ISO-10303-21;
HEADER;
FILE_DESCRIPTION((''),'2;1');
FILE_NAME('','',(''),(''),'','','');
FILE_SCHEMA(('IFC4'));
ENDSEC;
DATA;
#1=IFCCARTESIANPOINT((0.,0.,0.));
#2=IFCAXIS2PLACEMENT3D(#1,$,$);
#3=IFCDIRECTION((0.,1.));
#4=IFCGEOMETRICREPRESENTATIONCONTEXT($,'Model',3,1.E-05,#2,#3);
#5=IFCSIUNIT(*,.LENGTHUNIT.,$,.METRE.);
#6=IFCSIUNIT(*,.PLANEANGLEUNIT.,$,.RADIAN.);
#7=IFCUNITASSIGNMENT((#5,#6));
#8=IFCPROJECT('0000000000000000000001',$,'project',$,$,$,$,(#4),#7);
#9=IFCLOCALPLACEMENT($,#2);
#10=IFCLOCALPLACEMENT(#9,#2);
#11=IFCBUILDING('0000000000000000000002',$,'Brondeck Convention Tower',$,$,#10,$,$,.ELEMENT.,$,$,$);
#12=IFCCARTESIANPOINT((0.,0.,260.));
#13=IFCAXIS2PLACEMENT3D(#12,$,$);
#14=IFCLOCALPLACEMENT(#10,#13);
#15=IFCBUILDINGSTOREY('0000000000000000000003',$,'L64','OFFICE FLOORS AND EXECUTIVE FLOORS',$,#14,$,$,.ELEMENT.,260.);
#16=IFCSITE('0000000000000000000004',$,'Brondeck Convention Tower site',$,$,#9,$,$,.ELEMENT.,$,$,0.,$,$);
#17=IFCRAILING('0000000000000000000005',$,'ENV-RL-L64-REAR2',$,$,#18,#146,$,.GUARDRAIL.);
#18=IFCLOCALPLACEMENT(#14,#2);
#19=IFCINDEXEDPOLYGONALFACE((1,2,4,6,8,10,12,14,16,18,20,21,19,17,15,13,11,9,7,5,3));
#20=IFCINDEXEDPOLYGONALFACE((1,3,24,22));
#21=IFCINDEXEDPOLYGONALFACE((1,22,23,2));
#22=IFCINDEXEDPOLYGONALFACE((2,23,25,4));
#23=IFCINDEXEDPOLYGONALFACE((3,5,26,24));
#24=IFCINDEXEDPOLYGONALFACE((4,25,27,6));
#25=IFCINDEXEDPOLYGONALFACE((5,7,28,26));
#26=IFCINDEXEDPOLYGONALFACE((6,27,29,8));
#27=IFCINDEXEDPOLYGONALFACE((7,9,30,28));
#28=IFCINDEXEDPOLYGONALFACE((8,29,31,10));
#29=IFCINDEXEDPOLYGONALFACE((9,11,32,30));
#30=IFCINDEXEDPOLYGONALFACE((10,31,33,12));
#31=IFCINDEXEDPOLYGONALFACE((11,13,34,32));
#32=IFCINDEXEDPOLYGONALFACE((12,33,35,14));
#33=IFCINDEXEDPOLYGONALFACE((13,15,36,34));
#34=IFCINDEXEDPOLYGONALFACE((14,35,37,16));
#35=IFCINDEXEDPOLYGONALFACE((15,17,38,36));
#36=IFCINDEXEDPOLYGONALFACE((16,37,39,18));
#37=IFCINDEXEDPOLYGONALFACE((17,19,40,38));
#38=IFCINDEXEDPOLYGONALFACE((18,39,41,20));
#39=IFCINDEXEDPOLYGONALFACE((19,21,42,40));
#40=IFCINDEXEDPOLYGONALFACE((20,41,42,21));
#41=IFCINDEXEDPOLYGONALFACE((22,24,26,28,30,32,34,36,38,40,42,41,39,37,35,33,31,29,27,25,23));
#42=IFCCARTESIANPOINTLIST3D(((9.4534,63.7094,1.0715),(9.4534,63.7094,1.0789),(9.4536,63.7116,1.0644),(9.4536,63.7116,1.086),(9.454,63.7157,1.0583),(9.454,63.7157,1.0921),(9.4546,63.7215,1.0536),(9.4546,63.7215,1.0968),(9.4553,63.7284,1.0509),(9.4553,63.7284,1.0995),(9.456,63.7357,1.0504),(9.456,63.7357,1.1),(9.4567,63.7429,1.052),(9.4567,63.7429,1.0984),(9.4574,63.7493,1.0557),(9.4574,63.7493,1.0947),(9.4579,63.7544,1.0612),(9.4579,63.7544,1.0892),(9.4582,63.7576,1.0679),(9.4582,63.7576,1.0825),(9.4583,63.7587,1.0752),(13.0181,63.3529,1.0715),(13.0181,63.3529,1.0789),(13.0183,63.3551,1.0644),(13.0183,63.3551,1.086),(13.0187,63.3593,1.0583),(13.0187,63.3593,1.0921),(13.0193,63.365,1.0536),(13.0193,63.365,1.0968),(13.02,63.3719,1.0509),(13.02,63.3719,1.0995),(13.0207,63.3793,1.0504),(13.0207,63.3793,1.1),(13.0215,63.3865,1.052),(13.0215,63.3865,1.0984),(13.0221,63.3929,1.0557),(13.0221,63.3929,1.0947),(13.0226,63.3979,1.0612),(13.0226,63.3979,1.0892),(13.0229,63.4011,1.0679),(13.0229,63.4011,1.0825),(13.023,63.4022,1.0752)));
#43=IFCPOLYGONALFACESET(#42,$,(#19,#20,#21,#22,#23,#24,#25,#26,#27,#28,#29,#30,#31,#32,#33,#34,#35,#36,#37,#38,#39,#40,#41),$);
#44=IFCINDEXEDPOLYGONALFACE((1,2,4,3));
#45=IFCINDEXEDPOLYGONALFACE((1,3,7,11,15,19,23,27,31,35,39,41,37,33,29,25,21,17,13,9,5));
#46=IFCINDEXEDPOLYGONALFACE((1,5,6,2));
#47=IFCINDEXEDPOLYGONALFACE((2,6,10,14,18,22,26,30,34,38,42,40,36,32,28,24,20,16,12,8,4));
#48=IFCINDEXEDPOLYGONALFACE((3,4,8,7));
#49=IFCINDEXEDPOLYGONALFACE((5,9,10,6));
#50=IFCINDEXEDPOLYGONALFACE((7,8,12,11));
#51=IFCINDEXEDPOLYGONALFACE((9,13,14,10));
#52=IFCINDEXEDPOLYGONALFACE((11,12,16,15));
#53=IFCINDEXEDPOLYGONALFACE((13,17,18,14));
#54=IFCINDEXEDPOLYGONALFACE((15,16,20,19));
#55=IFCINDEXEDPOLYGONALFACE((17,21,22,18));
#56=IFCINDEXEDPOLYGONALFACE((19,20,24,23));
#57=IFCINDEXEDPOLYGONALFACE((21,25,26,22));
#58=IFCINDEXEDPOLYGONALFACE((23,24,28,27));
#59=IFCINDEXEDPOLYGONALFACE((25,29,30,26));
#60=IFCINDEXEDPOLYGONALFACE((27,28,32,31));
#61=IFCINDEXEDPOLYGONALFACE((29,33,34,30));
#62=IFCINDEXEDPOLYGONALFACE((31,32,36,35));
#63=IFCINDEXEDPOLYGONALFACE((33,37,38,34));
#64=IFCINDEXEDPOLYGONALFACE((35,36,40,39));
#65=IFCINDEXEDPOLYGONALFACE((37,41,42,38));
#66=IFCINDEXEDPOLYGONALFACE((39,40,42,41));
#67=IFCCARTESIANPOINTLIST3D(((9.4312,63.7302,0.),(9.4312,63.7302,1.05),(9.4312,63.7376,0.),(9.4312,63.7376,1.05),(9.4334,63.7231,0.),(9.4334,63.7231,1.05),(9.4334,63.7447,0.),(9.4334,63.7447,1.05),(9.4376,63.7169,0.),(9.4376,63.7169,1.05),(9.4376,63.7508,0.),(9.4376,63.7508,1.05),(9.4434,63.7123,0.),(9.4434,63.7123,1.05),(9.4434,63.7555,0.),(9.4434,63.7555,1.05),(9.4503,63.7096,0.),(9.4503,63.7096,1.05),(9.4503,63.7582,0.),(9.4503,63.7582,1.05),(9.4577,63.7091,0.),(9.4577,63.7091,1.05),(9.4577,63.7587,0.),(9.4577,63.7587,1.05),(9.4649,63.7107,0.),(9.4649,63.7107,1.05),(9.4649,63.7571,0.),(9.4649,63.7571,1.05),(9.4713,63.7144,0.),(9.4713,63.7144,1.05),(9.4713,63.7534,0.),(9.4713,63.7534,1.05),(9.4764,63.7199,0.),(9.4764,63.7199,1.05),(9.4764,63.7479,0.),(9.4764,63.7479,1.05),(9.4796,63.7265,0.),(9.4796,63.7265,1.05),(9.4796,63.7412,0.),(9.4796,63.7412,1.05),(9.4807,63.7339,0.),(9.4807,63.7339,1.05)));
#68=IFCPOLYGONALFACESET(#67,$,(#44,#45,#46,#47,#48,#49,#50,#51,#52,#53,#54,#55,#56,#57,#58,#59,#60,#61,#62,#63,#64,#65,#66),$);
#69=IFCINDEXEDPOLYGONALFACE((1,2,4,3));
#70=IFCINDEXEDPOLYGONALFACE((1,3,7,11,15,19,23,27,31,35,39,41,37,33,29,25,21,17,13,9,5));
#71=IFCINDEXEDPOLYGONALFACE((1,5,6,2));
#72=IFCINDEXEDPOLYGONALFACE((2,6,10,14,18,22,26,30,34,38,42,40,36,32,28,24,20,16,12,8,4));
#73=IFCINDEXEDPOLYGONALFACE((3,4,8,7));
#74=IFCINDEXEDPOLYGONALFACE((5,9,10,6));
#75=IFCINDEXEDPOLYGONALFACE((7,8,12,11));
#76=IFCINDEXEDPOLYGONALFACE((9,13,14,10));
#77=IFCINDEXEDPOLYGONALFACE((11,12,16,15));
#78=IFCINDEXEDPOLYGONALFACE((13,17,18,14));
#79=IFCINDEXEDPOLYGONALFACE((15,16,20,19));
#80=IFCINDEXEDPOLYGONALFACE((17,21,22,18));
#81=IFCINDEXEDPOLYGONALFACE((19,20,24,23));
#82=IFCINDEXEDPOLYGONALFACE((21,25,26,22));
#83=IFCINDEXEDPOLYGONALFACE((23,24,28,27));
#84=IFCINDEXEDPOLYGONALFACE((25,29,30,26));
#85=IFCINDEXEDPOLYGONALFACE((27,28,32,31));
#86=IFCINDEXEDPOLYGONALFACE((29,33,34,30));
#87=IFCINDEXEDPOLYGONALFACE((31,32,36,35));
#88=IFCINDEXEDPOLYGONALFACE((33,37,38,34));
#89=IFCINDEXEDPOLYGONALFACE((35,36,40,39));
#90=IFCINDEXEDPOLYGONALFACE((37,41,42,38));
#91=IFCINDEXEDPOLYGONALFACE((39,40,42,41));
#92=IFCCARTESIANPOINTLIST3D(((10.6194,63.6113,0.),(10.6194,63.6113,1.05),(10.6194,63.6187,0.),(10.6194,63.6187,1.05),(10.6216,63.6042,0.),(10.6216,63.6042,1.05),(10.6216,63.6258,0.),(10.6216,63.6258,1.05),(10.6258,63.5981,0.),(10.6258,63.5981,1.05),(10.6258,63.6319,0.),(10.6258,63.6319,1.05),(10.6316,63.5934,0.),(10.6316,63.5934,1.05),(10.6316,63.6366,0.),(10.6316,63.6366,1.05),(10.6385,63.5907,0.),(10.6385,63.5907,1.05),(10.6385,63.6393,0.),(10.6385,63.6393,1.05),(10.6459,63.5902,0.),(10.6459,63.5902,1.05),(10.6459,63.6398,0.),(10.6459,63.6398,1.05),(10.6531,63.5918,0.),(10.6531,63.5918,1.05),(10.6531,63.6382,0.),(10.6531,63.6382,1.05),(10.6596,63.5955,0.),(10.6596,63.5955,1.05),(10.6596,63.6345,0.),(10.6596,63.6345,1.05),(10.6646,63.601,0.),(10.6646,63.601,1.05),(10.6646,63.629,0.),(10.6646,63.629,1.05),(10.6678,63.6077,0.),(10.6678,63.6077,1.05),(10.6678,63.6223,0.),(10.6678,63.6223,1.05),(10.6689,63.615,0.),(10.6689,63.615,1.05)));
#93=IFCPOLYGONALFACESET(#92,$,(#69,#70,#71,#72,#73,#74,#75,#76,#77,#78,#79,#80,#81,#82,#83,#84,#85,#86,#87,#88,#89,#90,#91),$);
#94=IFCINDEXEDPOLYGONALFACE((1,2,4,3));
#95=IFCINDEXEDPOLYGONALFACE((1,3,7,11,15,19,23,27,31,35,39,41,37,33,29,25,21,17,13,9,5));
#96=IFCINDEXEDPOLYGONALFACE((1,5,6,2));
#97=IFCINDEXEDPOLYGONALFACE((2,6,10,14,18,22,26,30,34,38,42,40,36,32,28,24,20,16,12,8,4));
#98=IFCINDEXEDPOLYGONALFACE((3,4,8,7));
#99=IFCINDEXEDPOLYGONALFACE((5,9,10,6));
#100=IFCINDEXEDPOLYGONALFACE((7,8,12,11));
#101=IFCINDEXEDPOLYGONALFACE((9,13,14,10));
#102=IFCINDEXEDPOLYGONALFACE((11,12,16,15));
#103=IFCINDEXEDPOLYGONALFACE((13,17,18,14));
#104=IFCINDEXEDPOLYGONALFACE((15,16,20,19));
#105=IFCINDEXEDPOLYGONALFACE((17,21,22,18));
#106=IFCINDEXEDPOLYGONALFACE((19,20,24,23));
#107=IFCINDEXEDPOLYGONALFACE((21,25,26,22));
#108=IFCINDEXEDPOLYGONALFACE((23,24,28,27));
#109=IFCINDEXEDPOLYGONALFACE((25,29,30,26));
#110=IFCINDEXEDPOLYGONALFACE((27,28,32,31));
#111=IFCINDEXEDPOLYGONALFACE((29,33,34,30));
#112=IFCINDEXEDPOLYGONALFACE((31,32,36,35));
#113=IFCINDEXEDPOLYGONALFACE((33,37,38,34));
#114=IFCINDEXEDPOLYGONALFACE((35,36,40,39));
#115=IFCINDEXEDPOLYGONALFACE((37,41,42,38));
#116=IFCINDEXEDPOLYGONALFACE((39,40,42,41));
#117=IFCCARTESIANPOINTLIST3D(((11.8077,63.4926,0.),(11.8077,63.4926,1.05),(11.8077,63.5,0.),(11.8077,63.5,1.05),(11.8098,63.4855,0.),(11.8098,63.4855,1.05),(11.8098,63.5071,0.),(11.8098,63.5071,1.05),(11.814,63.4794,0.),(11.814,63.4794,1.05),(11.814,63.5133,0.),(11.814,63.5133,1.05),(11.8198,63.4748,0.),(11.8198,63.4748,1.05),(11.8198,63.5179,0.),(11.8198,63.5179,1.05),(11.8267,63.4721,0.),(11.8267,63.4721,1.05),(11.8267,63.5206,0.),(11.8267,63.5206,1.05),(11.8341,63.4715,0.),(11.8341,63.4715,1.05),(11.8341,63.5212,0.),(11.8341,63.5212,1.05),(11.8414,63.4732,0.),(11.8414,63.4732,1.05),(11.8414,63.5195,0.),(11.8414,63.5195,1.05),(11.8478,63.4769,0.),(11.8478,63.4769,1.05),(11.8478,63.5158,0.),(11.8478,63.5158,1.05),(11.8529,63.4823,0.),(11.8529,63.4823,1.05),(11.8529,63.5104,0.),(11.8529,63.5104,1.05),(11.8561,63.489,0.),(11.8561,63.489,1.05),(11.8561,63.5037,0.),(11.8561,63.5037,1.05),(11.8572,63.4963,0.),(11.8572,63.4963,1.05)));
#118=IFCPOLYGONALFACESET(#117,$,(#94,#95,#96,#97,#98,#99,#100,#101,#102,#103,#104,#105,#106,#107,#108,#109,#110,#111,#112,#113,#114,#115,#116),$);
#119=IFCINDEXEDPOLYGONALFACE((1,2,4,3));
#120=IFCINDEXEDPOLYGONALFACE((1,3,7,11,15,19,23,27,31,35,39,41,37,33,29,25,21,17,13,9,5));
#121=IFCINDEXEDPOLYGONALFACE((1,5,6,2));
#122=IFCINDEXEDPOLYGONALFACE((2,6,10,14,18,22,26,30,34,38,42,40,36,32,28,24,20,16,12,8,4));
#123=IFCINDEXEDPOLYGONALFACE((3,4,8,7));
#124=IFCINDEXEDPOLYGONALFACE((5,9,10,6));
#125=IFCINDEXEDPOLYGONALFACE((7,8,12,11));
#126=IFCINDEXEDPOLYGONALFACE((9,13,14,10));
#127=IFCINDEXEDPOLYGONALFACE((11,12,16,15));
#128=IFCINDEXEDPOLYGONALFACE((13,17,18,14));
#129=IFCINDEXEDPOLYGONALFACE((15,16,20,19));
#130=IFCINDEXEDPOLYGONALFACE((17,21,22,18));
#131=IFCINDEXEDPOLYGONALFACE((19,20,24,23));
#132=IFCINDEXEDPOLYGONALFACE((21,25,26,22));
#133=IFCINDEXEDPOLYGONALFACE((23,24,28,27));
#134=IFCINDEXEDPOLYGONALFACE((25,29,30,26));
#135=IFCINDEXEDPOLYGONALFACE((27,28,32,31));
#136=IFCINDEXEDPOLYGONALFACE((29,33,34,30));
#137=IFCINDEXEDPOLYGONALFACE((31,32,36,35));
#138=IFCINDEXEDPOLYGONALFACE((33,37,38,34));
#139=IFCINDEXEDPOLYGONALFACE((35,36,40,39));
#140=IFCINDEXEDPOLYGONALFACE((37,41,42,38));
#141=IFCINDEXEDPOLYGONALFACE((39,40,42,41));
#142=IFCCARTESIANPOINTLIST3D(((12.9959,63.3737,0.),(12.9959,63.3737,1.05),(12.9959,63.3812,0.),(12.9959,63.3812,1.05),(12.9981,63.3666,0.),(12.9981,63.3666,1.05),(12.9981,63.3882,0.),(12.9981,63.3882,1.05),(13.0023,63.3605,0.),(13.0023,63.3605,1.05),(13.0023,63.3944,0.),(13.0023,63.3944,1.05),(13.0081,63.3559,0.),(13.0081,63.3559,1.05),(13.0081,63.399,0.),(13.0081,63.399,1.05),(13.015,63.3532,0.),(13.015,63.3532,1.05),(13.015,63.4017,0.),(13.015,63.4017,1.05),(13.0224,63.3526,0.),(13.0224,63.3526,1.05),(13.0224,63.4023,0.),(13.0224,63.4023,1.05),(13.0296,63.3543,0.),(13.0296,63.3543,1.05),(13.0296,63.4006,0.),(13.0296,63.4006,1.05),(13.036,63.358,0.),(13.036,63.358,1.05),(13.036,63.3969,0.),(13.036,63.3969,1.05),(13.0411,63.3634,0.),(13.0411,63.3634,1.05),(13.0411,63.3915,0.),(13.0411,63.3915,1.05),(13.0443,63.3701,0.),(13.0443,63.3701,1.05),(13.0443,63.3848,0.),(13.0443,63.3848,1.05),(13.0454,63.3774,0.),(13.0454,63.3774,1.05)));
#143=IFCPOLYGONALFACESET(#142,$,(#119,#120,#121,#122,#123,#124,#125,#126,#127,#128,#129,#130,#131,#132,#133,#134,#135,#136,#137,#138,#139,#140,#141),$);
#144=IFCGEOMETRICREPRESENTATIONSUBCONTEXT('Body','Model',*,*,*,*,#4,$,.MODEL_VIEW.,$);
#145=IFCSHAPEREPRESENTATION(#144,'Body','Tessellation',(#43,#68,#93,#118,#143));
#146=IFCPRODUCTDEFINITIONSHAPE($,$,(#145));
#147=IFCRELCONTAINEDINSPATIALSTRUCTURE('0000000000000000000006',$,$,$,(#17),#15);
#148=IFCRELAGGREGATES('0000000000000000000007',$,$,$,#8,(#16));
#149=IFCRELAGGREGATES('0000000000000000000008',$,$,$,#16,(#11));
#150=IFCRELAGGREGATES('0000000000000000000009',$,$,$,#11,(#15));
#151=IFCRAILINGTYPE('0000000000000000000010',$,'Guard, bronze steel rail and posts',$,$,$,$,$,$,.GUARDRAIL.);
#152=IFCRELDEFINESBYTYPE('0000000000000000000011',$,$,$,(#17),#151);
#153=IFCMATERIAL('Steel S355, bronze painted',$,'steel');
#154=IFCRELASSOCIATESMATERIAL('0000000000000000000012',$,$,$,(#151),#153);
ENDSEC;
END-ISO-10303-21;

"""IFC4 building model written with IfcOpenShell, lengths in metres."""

from ifc_helpers import new_model, si_unit, direction, frame, origin, origin_2d, place, context, subcontext, project, spatial, circle, extrude, material, type_object, element, save


model = new_model("IFC4")

# Units and contexts
model_context = context("Model", 3, precision=1e-05, world=origin(), true_north=direction((0.0, 1.0)))
body_context = subcontext(model_context, "Body", "Model", "MODEL_VIEW")
ifc_project = project(units=[si_unit("LENGTHUNIT", "METRE"), si_unit("PLANEANGLEUNIT", "RADIAN")], contexts=[model_context])

# Site, building, storey
site_placement = place(None, origin())
site = spatial("IfcSite", under=ifc_project, at=site_placement, Name="Brondeck Convention Tower site", CompositionType="ELEMENT", RefElevation=0.0)
building_placement = place(site_placement, origin())
building = spatial("IfcBuilding", under=site, at=building_placement, Name="Brondeck Convention Tower", CompositionType="ELEMENT")
storey_placement = place(building_placement, frame((0.0, 0.0, 260.0)))
storey = spatial("IfcBuildingStorey", under=building, at=storey_placement, Name="L64", Description="OFFICE FLOORS AND EXECUTIVE FLOORS", CompositionType="ELEMENT", Elevation=260.0)

# Railing
ifc_material_1 = material(Name="Steel S355, bronze painted", Category="steel")
railing_type_1 = type_object("IfcRailingType", Name="Guard, bronze steel rail and posts", PredefinedType="GUARDRAIL", material=ifc_material_1)
railing_1_placement = place(storey_placement, frame((9.4558, 63.7339, 0.0)))
element("IfcRailing", 1, at=railing_1_placement, inside=storey, type_object=railing_type_1, Name="ENV-RL-L64-REAR2", PredefinedType="GUARDRAIL", context=body_context, shape_type="SweptSolid", body=[
    extrude(circle(Radius=0.0249, at=origin_2d()), frame((0.0, 0.0, 1.0752), z_axis=(0.995038, -0.099497, 0.0), x_axis=(0.099497, 0.995038, 0.0)), (0.0, 0.0, 1.0), 3.5825),
    extrude(circle(Radius=0.0249, at=origin_2d()), origin(), (0.0, 0.0, 1.0), 1.05),
    extrude(circle(Radius=0.0249, at=origin_2d()), frame((1.1882, -0.1189, 0.0)), (0.0, 0.0, 1.0), 1.05),
    extrude(circle(Radius=0.0249, at=origin_2d()), frame((2.3765, -0.2375, 0.0)), (0.0, 0.0, 1.0), 1.05),
    extrude(circle(Radius=0.0249, at=origin_2d()), frame((3.5647, -0.3564, 0.0)), (0.0, 0.0, 1.0), 1.05),
])

save(model, "model.ifc")
